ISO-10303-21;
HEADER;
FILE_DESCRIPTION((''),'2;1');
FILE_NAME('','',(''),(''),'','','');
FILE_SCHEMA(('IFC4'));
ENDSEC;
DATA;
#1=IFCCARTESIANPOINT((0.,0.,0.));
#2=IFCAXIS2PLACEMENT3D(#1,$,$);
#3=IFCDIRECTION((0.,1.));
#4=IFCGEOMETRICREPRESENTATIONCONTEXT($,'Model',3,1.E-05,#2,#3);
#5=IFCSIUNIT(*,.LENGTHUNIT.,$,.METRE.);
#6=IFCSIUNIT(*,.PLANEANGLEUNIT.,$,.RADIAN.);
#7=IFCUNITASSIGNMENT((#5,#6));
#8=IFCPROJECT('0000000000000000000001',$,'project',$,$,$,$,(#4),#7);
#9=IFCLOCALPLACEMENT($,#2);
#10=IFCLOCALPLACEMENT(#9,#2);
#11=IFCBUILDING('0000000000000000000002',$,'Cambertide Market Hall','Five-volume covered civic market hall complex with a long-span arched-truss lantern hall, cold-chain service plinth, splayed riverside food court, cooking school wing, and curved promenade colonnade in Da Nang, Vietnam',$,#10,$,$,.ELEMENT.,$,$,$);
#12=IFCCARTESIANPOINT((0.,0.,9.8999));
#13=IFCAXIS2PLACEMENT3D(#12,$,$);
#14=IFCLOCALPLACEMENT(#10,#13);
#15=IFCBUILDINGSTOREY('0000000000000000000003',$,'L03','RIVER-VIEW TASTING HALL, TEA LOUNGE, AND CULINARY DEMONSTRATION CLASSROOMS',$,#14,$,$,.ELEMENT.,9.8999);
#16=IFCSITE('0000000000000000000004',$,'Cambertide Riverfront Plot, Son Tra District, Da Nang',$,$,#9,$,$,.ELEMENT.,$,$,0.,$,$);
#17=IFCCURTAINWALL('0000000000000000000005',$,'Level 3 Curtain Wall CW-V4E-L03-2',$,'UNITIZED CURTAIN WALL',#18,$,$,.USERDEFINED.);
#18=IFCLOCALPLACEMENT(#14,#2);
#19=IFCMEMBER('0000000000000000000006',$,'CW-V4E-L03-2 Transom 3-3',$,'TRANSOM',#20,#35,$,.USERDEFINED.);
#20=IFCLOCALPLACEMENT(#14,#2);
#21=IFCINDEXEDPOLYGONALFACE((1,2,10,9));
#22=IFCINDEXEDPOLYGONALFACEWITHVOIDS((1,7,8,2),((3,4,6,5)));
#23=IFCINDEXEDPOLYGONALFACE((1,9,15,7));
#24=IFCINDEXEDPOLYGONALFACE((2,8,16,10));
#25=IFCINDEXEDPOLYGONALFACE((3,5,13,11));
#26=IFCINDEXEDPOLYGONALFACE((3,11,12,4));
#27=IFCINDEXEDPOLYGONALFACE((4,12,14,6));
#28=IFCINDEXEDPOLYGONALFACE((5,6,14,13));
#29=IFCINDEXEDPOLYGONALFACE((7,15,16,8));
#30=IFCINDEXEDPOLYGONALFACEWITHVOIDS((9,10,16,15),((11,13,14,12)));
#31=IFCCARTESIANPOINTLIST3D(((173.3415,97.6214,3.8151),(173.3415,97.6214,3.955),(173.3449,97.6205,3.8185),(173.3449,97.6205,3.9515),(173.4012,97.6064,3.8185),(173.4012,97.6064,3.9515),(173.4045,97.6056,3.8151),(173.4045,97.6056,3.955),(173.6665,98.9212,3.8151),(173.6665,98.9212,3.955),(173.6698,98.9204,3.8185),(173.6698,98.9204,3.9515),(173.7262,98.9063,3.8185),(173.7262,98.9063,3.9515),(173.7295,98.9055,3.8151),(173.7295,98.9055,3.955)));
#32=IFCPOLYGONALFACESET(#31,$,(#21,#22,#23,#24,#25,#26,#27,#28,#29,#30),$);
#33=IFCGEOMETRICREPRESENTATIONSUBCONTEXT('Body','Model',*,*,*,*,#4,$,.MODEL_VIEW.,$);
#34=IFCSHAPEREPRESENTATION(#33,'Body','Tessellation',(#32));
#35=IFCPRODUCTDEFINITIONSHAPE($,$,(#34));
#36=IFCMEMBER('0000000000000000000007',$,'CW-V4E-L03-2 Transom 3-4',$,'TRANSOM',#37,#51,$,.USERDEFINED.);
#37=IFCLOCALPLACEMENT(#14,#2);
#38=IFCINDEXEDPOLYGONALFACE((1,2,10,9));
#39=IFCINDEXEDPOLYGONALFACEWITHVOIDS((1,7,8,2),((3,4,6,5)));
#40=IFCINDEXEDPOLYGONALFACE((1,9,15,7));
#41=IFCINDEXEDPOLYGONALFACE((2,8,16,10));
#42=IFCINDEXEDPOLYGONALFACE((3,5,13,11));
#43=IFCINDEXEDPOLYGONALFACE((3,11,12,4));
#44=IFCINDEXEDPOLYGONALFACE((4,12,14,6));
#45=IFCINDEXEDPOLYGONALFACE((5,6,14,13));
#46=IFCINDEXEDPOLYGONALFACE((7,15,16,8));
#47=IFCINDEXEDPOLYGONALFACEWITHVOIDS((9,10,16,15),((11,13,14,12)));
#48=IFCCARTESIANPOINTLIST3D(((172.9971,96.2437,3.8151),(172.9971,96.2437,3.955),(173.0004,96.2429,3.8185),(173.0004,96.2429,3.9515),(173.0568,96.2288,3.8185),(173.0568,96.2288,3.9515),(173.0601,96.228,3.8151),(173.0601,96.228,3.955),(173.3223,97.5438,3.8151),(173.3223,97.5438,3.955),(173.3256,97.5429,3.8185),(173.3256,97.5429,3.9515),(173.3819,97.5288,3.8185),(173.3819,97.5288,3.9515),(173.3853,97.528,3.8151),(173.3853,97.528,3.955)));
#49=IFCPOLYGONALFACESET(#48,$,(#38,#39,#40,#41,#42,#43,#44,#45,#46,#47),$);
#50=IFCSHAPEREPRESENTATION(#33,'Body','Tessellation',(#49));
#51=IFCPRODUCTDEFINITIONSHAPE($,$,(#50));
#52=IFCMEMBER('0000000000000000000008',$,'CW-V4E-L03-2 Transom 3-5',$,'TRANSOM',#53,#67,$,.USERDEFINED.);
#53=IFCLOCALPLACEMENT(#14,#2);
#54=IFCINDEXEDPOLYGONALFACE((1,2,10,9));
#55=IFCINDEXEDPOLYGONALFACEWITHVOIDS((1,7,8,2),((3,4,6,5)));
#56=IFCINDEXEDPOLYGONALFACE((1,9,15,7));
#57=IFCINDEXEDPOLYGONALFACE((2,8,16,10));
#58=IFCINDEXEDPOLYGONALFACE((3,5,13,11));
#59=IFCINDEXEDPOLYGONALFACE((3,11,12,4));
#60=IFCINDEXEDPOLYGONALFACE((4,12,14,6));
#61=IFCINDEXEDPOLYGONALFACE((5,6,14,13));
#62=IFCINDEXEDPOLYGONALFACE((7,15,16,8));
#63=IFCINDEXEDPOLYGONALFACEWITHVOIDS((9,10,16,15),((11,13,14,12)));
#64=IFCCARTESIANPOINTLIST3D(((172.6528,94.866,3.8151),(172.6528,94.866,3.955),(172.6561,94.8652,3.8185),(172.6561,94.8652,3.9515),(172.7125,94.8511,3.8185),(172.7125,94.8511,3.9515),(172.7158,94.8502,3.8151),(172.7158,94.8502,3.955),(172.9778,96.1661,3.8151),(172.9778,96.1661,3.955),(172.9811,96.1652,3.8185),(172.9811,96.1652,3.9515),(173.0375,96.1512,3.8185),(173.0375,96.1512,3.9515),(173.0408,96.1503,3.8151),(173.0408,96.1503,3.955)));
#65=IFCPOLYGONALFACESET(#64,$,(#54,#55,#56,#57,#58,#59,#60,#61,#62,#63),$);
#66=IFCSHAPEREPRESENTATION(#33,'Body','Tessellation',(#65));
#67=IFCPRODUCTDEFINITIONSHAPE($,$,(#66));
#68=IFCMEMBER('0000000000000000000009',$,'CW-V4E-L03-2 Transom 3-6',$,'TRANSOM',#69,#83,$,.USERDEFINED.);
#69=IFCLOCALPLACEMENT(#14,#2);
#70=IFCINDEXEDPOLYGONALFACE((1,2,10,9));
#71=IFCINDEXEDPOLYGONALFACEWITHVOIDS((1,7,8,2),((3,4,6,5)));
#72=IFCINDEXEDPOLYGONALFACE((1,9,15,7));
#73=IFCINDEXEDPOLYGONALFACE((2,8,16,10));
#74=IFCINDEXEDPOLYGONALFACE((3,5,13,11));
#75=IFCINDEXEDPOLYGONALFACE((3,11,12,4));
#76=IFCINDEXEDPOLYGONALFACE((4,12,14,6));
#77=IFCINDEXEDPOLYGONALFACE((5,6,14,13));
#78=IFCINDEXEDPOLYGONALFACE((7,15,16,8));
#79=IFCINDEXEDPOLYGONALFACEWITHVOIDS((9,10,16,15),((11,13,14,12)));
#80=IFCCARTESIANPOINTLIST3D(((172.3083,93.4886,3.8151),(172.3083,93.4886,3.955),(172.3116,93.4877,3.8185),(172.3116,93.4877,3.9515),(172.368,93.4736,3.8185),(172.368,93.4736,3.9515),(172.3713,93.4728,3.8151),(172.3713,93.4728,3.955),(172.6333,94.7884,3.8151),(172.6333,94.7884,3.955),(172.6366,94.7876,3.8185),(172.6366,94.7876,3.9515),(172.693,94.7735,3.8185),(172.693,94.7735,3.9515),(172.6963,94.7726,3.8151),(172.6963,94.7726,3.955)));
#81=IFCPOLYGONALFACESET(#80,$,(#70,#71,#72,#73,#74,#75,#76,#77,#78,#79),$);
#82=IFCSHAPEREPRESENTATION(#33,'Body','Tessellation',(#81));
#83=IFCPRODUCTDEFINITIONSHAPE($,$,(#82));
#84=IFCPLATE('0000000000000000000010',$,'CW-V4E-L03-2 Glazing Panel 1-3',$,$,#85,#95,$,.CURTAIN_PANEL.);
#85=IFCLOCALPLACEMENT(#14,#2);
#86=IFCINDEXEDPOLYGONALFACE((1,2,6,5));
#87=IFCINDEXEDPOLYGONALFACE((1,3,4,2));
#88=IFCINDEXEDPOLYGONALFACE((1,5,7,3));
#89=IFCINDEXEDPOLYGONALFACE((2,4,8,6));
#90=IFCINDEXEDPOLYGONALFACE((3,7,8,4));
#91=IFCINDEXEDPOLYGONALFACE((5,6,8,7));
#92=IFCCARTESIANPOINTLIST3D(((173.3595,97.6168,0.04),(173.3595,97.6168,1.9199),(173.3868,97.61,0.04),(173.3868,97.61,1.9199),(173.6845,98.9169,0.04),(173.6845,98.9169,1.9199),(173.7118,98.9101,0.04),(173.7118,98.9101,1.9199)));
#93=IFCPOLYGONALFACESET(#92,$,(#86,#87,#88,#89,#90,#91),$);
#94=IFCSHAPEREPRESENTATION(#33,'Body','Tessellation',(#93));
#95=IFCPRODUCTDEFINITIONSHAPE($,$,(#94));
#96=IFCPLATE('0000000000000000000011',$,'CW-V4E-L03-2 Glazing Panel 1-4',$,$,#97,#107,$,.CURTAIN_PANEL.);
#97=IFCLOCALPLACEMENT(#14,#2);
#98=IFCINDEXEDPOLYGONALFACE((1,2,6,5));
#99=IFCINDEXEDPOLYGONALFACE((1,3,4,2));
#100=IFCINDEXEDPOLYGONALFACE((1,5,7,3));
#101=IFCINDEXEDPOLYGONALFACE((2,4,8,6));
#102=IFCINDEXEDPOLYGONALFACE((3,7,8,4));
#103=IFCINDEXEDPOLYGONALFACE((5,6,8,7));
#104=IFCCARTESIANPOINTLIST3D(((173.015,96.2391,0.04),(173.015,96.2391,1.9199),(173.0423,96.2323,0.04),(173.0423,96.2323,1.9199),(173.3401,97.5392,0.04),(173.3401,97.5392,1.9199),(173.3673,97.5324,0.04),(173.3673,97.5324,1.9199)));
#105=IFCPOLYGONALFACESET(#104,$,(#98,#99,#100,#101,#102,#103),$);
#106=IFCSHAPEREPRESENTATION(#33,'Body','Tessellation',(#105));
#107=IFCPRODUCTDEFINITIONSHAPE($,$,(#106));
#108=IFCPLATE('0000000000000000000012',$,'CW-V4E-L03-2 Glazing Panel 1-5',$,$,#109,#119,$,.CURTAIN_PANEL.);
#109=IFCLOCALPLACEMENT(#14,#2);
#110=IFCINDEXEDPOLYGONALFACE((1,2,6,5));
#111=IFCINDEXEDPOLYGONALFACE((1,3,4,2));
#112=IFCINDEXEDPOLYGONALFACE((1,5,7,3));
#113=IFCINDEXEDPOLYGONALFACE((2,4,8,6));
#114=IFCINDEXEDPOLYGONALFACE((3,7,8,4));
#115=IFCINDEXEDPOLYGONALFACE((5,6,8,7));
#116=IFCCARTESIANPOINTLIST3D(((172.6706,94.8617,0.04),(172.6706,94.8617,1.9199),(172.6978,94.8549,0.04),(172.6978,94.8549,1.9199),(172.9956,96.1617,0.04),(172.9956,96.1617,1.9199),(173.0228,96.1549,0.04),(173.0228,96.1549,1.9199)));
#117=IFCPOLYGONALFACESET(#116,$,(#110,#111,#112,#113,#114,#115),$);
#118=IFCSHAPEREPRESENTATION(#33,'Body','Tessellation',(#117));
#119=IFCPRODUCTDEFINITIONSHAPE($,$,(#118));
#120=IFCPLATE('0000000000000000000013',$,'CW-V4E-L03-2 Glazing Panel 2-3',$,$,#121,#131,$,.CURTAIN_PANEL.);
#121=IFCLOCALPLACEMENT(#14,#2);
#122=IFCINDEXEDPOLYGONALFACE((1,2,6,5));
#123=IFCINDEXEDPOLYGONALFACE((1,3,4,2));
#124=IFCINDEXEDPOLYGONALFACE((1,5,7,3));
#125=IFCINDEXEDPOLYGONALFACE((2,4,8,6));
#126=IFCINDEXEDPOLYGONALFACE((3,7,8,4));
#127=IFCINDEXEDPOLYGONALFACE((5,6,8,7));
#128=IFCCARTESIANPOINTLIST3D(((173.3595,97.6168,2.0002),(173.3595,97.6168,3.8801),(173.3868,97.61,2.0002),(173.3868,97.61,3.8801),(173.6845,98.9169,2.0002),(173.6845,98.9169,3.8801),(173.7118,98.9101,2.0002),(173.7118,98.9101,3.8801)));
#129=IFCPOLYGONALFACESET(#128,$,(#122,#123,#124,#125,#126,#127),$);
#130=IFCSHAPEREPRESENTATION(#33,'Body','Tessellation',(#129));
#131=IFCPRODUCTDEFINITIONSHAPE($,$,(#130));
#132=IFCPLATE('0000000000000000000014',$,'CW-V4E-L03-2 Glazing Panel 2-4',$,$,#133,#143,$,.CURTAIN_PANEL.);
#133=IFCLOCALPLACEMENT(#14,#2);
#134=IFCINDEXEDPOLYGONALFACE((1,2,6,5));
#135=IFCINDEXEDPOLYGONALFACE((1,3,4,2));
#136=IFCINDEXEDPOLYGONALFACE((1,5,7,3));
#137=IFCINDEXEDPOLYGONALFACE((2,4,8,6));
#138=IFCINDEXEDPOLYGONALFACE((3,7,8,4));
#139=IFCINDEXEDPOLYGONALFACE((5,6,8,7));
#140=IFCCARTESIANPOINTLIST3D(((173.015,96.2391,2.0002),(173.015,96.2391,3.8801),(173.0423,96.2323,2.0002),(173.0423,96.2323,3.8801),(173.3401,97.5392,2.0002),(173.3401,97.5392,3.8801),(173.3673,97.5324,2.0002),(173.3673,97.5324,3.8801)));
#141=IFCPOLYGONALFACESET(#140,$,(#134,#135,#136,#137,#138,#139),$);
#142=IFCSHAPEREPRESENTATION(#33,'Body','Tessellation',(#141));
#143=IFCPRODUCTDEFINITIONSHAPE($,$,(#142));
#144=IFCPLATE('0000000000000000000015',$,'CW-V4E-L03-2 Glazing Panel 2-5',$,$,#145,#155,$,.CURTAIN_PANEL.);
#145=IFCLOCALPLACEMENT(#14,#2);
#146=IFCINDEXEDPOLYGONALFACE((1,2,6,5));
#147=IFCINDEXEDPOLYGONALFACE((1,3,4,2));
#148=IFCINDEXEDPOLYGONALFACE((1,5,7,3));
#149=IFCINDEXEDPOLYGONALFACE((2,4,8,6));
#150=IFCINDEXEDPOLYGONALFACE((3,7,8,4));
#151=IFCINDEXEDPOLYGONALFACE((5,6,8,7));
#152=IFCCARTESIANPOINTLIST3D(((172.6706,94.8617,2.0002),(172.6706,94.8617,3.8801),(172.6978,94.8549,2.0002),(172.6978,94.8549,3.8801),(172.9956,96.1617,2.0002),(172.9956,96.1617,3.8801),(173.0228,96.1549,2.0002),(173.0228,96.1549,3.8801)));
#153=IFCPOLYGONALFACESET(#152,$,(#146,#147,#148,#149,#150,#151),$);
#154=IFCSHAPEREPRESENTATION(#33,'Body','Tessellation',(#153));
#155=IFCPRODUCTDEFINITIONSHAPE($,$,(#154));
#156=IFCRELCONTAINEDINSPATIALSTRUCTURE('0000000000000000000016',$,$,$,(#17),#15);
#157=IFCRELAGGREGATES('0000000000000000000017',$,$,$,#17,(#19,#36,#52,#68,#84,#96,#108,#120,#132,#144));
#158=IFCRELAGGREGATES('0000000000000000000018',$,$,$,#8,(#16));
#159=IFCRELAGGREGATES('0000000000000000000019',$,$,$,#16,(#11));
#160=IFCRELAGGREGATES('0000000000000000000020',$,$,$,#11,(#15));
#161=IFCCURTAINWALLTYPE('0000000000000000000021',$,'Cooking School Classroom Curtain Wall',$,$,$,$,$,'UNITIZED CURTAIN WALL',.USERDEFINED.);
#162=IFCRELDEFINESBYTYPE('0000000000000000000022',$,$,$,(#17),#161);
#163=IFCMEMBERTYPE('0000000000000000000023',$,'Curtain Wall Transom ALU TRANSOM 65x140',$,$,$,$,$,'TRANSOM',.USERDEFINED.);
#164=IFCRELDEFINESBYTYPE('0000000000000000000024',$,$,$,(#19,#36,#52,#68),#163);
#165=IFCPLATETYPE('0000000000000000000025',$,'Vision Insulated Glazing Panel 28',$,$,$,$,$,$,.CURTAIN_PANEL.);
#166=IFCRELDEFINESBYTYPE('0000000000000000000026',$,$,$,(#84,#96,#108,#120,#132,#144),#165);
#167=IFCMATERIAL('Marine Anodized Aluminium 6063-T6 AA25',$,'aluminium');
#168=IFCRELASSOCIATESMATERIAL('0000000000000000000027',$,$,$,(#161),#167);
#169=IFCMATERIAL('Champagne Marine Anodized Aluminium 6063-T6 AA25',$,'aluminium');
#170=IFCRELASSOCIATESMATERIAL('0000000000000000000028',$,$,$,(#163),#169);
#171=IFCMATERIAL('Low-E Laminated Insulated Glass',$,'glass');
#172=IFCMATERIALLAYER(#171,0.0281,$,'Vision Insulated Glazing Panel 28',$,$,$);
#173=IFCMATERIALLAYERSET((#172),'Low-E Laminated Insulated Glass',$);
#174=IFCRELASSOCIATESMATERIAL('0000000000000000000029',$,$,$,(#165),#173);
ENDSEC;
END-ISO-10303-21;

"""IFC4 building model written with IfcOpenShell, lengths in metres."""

from ifc_helpers import new_model, si_unit, direction, frame, origin, origin_2d, place, context, subcontext, project, spatial, rectangle, hollow_rectangle, extrude, material, layer, layer_set, material_profile, profile_set, type_object, element, aggregate, save


model = new_model("IFC4")

# Units and contexts
model_context = context("Model", 3, precision=1e-05, world=origin(), true_north=direction((0.0, 1.0)))
body_context = subcontext(model_context, "Body", "Model", "MODEL_VIEW")
ifc_project = project(units=[si_unit("LENGTHUNIT", "METRE"), si_unit("PLANEANGLEUNIT", "RADIAN")], contexts=[model_context])

# Site, building, storey
site_placement = place(None, origin())
site = spatial("IfcSite", under=ifc_project, at=site_placement, Name="Cambertide Riverfront Plot, Son Tra District, Da Nang", CompositionType="ELEMENT", RefElevation=0.0)
building_placement = place(site_placement, origin())
building = spatial("IfcBuilding", under=site, at=building_placement, Name="Cambertide Market Hall", Description="Five-volume covered civic market hall complex with a long-span arched-truss lantern hall, cold-chain service plinth, splayed riverside food court, cooking school wing, and curved promenade colonnade in Da Nang, Vietnam", CompositionType="ELEMENT")
storey_placement = place(building_placement, frame((0.0, 0.0, 9.8999)))
storey = spatial("IfcBuildingStorey", under=building, at=storey_placement, Name="L03", Description="RIVER-VIEW TASTING HALL, TEA LOUNGE, AND CULINARY DEMONSTRATION CLASSROOMS", CompositionType="ELEMENT", Elevation=9.8999)

# Curtain wall, members, plates
ifc_material_1 = material(Name="Marine Anodized Aluminium 6063-T6 AA25", Category="aluminium")
curtain_wall_type = type_object("IfcCurtainWallType", Name="Cooking School Classroom Curtain Wall", ElementType="UNITIZED CURTAIN WALL", PredefinedType="USERDEFINED", material=ifc_material_1)
curtain_wall_placement = place(storey_placement, origin())
curtain_wall = element("IfcCurtainWall", 1, at=curtain_wall_placement, inside=storey, type_object=curtain_wall_type, Name="Level 3 Curtain Wall CW-V4E-L03-2", ObjectType="UNITIZED CURTAIN WALL", PredefinedType="USERDEFINED")
ifc_material_2 = material(Name="Champagne Marine Anodized Aluminium 6063-T6 AA25", Category="aluminium")
ifc_material_profile_1 = material_profile(ifc_material_2, hollow_rectangle(XDim=0.0649, YDim=0.1399, WallThickness=0.0034, at=origin_2d()), Name="ALU TRANSOM 65x140")
ifc_profile_set_1 = profile_set([ifc_material_profile_1], Name="Champagne Marine Anodized Aluminium 6063-T6 AA25")
member_type_1 = type_object("IfcMemberType", Name="Curtain Wall Transom ALU TRANSOM 65x140", ElementType="TRANSOM", PredefinedType="USERDEFINED", material=ifc_profile_set_1)
member_1_placement = place(storey_placement, frame((173.698, 98.9133, 3.885), z_axis=(-0.242536, -0.970143, 0.0), x_axis=(0.970143, -0.242536, 0.0)))
member_1 = element("IfcMember", 2, at=member_1_placement, type_object=member_type_1, Name="CW-V4E-L03-2 Transom 3-3", ObjectType="TRANSOM", PredefinedType="USERDEFINED", context=body_context, shape_type="SweptSolid", body=[
    extrude(hollow_rectangle(XDim=0.0649, YDim=0.1399, WallThickness=0.0034, at=origin_2d()), origin(), (0.0, 0.0, 1.0), 1.3398),
])
member_2_placement = place(storey_placement, frame((173.3538, 97.5359, 3.885), z_axis=(-0.242664, -0.97011, 0.0), x_axis=(0.97011, -0.242664, 0.0)))
member_2 = element("IfcMember", 3, at=member_2_placement, type_object=member_type_1, Name="CW-V4E-L03-2 Transom 3-4", ObjectType="TRANSOM", PredefinedType="USERDEFINED", context=body_context, shape_type="SweptSolid", body=[
    extrude(hollow_rectangle(XDim=0.0649, YDim=0.1399, WallThickness=0.0034, at=origin_2d()), origin(), (0.0, 0.0, 1.0), 1.3401),
])
member_3_placement = place(storey_placement, frame((173.0093, 96.1582, 3.885), z_axis=(-0.242493, -0.970153, 0.0), x_axis=(0.970153, -0.242493, 0.0)))
member_3 = element("IfcMember", 4, at=member_3_placement, type_object=member_type_1, Name="CW-V4E-L03-2 Transom 3-5", ObjectType="TRANSOM", PredefinedType="USERDEFINED", context=body_context, shape_type="SweptSolid", body=[
    extrude(hollow_rectangle(XDim=0.0649, YDim=0.1399, WallThickness=0.0034, at=origin_2d()), origin(), (0.0, 0.0, 1.0), 1.3401),
])
member_4_placement = place(storey_placement, frame((172.6648, 94.7805, 3.885), z_axis=(-0.242536, -0.970143, 0.0), x_axis=(0.970143, -0.242536, 0.0)))
member_4 = element("IfcMember", 5, at=member_4_placement, type_object=member_type_1, Name="CW-V4E-L03-2 Transom 3-6", ObjectType="TRANSOM", PredefinedType="USERDEFINED", context=body_context, shape_type="SweptSolid", body=[
    extrude(hollow_rectangle(XDim=0.0649, YDim=0.1399, WallThickness=0.0034, at=origin_2d()), origin(), (0.0, 0.0, 1.0), 1.3398),
])
ifc_material_3 = material(Name="Low-E Laminated Insulated Glass", Category="glass")
ifc_layer = layer(ifc_material_3, 0.0281, Name="Vision Insulated Glazing Panel 28")
ifc_layer_set = layer_set([ifc_layer], Name="Low-E Laminated Insulated Glass")
plate_type = type_object("IfcPlateType", Name="Vision Insulated Glazing Panel 28", PredefinedType="CURTAIN_PANEL", material=ifc_layer_set)
plate_1_placement = place(storey_placement, frame((173.5356, 98.2634, 0.04), z_axis=(0.0, 0.0, 1.0), x_axis=(-0.242536, -0.970142, 0.0)))
plate_1 = element("IfcPlate", 6, at=plate_1_placement, type_object=plate_type, Name="CW-V4E-L03-2 Glazing Panel 1-3", PredefinedType="CURTAIN_PANEL", context=body_context, shape_type="SweptSolid", body=[
    extrude(rectangle(XDim=1.3401, YDim=0.0281, at=origin_2d()), origin(), (0.0, 0.0, 1.0), 1.8799),
])
plate_2_placement = place(storey_placement, frame((173.1912, 96.8857, 0.04), z_axis=(0.0, 0.0, 1.0), x_axis=(-0.242536, -0.970142, 0.0)))
plate_2 = element("IfcPlate", 7, at=plate_2_placement, type_object=plate_type, Name="CW-V4E-L03-2 Glazing Panel 1-4", PredefinedType="CURTAIN_PANEL", context=body_context, shape_type="SweptSolid", body=[
    extrude(rectangle(XDim=1.3401, YDim=0.0281, at=origin_2d()), origin(), (0.0, 0.0, 1.0), 1.8799),
])
plate_3_placement = place(storey_placement, frame((172.8467, 95.5083, 0.04), z_axis=(0.0, 0.0, 1.0), x_axis=(-0.242536, -0.970142, 0.0)))
plate_3 = element("IfcPlate", 8, at=plate_3_placement, type_object=plate_type, Name="CW-V4E-L03-2 Glazing Panel 1-5", PredefinedType="CURTAIN_PANEL", context=body_context, shape_type="SweptSolid", body=[
    extrude(rectangle(XDim=1.3401, YDim=0.0281, at=origin_2d()), origin(), (0.0, 0.0, 1.0), 1.8799),
])
plate_4_placement = place(storey_placement, frame((173.5356, 98.2634, 2.0002), z_axis=(0.0, 0.0, 1.0), x_axis=(-0.242536, -0.970142, 0.0)))
plate_4 = element("IfcPlate", 9, at=plate_4_placement, type_object=plate_type, Name="CW-V4E-L03-2 Glazing Panel 2-3", PredefinedType="CURTAIN_PANEL", context=body_context, shape_type="SweptSolid", body=[
    extrude(rectangle(XDim=1.3401, YDim=0.0281, at=origin_2d()), origin(), (0.0, 0.0, 1.0), 1.8799),
])
plate_5_placement = place(storey_placement, frame((173.1912, 96.8857, 2.0002), z_axis=(0.0, 0.0, 1.0), x_axis=(-0.242536, -0.970142, 0.0)))
plate_5 = element("IfcPlate", 10, at=plate_5_placement, type_object=plate_type, Name="CW-V4E-L03-2 Glazing Panel 2-4", PredefinedType="CURTAIN_PANEL", context=body_context, shape_type="SweptSolid", body=[
    extrude(rectangle(XDim=1.3401, YDim=0.0281, at=origin_2d()), origin(), (0.0, 0.0, 1.0), 1.8799),
])
plate_6_placement = place(storey_placement, frame((172.8467, 95.5083, 2.0002), z_axis=(0.0, 0.0, 1.0), x_axis=(-0.242536, -0.970142, 0.0)))
plate_6 = element("IfcPlate", 11, at=plate_6_placement, type_object=plate_type, Name="CW-V4E-L03-2 Glazing Panel 2-5", PredefinedType="CURTAIN_PANEL", context=body_context, shape_type="SweptSolid", body=[
    extrude(rectangle(XDim=1.3401, YDim=0.0281, at=origin_2d()), origin(), (0.0, 0.0, 1.0), 1.8799),
])
aggregate(curtain_wall, [member_1, member_2, member_3, member_4, plate_1, plate_2, plate_3, plate_4, plate_5, plate_6])

save(model, "model.ifc")
